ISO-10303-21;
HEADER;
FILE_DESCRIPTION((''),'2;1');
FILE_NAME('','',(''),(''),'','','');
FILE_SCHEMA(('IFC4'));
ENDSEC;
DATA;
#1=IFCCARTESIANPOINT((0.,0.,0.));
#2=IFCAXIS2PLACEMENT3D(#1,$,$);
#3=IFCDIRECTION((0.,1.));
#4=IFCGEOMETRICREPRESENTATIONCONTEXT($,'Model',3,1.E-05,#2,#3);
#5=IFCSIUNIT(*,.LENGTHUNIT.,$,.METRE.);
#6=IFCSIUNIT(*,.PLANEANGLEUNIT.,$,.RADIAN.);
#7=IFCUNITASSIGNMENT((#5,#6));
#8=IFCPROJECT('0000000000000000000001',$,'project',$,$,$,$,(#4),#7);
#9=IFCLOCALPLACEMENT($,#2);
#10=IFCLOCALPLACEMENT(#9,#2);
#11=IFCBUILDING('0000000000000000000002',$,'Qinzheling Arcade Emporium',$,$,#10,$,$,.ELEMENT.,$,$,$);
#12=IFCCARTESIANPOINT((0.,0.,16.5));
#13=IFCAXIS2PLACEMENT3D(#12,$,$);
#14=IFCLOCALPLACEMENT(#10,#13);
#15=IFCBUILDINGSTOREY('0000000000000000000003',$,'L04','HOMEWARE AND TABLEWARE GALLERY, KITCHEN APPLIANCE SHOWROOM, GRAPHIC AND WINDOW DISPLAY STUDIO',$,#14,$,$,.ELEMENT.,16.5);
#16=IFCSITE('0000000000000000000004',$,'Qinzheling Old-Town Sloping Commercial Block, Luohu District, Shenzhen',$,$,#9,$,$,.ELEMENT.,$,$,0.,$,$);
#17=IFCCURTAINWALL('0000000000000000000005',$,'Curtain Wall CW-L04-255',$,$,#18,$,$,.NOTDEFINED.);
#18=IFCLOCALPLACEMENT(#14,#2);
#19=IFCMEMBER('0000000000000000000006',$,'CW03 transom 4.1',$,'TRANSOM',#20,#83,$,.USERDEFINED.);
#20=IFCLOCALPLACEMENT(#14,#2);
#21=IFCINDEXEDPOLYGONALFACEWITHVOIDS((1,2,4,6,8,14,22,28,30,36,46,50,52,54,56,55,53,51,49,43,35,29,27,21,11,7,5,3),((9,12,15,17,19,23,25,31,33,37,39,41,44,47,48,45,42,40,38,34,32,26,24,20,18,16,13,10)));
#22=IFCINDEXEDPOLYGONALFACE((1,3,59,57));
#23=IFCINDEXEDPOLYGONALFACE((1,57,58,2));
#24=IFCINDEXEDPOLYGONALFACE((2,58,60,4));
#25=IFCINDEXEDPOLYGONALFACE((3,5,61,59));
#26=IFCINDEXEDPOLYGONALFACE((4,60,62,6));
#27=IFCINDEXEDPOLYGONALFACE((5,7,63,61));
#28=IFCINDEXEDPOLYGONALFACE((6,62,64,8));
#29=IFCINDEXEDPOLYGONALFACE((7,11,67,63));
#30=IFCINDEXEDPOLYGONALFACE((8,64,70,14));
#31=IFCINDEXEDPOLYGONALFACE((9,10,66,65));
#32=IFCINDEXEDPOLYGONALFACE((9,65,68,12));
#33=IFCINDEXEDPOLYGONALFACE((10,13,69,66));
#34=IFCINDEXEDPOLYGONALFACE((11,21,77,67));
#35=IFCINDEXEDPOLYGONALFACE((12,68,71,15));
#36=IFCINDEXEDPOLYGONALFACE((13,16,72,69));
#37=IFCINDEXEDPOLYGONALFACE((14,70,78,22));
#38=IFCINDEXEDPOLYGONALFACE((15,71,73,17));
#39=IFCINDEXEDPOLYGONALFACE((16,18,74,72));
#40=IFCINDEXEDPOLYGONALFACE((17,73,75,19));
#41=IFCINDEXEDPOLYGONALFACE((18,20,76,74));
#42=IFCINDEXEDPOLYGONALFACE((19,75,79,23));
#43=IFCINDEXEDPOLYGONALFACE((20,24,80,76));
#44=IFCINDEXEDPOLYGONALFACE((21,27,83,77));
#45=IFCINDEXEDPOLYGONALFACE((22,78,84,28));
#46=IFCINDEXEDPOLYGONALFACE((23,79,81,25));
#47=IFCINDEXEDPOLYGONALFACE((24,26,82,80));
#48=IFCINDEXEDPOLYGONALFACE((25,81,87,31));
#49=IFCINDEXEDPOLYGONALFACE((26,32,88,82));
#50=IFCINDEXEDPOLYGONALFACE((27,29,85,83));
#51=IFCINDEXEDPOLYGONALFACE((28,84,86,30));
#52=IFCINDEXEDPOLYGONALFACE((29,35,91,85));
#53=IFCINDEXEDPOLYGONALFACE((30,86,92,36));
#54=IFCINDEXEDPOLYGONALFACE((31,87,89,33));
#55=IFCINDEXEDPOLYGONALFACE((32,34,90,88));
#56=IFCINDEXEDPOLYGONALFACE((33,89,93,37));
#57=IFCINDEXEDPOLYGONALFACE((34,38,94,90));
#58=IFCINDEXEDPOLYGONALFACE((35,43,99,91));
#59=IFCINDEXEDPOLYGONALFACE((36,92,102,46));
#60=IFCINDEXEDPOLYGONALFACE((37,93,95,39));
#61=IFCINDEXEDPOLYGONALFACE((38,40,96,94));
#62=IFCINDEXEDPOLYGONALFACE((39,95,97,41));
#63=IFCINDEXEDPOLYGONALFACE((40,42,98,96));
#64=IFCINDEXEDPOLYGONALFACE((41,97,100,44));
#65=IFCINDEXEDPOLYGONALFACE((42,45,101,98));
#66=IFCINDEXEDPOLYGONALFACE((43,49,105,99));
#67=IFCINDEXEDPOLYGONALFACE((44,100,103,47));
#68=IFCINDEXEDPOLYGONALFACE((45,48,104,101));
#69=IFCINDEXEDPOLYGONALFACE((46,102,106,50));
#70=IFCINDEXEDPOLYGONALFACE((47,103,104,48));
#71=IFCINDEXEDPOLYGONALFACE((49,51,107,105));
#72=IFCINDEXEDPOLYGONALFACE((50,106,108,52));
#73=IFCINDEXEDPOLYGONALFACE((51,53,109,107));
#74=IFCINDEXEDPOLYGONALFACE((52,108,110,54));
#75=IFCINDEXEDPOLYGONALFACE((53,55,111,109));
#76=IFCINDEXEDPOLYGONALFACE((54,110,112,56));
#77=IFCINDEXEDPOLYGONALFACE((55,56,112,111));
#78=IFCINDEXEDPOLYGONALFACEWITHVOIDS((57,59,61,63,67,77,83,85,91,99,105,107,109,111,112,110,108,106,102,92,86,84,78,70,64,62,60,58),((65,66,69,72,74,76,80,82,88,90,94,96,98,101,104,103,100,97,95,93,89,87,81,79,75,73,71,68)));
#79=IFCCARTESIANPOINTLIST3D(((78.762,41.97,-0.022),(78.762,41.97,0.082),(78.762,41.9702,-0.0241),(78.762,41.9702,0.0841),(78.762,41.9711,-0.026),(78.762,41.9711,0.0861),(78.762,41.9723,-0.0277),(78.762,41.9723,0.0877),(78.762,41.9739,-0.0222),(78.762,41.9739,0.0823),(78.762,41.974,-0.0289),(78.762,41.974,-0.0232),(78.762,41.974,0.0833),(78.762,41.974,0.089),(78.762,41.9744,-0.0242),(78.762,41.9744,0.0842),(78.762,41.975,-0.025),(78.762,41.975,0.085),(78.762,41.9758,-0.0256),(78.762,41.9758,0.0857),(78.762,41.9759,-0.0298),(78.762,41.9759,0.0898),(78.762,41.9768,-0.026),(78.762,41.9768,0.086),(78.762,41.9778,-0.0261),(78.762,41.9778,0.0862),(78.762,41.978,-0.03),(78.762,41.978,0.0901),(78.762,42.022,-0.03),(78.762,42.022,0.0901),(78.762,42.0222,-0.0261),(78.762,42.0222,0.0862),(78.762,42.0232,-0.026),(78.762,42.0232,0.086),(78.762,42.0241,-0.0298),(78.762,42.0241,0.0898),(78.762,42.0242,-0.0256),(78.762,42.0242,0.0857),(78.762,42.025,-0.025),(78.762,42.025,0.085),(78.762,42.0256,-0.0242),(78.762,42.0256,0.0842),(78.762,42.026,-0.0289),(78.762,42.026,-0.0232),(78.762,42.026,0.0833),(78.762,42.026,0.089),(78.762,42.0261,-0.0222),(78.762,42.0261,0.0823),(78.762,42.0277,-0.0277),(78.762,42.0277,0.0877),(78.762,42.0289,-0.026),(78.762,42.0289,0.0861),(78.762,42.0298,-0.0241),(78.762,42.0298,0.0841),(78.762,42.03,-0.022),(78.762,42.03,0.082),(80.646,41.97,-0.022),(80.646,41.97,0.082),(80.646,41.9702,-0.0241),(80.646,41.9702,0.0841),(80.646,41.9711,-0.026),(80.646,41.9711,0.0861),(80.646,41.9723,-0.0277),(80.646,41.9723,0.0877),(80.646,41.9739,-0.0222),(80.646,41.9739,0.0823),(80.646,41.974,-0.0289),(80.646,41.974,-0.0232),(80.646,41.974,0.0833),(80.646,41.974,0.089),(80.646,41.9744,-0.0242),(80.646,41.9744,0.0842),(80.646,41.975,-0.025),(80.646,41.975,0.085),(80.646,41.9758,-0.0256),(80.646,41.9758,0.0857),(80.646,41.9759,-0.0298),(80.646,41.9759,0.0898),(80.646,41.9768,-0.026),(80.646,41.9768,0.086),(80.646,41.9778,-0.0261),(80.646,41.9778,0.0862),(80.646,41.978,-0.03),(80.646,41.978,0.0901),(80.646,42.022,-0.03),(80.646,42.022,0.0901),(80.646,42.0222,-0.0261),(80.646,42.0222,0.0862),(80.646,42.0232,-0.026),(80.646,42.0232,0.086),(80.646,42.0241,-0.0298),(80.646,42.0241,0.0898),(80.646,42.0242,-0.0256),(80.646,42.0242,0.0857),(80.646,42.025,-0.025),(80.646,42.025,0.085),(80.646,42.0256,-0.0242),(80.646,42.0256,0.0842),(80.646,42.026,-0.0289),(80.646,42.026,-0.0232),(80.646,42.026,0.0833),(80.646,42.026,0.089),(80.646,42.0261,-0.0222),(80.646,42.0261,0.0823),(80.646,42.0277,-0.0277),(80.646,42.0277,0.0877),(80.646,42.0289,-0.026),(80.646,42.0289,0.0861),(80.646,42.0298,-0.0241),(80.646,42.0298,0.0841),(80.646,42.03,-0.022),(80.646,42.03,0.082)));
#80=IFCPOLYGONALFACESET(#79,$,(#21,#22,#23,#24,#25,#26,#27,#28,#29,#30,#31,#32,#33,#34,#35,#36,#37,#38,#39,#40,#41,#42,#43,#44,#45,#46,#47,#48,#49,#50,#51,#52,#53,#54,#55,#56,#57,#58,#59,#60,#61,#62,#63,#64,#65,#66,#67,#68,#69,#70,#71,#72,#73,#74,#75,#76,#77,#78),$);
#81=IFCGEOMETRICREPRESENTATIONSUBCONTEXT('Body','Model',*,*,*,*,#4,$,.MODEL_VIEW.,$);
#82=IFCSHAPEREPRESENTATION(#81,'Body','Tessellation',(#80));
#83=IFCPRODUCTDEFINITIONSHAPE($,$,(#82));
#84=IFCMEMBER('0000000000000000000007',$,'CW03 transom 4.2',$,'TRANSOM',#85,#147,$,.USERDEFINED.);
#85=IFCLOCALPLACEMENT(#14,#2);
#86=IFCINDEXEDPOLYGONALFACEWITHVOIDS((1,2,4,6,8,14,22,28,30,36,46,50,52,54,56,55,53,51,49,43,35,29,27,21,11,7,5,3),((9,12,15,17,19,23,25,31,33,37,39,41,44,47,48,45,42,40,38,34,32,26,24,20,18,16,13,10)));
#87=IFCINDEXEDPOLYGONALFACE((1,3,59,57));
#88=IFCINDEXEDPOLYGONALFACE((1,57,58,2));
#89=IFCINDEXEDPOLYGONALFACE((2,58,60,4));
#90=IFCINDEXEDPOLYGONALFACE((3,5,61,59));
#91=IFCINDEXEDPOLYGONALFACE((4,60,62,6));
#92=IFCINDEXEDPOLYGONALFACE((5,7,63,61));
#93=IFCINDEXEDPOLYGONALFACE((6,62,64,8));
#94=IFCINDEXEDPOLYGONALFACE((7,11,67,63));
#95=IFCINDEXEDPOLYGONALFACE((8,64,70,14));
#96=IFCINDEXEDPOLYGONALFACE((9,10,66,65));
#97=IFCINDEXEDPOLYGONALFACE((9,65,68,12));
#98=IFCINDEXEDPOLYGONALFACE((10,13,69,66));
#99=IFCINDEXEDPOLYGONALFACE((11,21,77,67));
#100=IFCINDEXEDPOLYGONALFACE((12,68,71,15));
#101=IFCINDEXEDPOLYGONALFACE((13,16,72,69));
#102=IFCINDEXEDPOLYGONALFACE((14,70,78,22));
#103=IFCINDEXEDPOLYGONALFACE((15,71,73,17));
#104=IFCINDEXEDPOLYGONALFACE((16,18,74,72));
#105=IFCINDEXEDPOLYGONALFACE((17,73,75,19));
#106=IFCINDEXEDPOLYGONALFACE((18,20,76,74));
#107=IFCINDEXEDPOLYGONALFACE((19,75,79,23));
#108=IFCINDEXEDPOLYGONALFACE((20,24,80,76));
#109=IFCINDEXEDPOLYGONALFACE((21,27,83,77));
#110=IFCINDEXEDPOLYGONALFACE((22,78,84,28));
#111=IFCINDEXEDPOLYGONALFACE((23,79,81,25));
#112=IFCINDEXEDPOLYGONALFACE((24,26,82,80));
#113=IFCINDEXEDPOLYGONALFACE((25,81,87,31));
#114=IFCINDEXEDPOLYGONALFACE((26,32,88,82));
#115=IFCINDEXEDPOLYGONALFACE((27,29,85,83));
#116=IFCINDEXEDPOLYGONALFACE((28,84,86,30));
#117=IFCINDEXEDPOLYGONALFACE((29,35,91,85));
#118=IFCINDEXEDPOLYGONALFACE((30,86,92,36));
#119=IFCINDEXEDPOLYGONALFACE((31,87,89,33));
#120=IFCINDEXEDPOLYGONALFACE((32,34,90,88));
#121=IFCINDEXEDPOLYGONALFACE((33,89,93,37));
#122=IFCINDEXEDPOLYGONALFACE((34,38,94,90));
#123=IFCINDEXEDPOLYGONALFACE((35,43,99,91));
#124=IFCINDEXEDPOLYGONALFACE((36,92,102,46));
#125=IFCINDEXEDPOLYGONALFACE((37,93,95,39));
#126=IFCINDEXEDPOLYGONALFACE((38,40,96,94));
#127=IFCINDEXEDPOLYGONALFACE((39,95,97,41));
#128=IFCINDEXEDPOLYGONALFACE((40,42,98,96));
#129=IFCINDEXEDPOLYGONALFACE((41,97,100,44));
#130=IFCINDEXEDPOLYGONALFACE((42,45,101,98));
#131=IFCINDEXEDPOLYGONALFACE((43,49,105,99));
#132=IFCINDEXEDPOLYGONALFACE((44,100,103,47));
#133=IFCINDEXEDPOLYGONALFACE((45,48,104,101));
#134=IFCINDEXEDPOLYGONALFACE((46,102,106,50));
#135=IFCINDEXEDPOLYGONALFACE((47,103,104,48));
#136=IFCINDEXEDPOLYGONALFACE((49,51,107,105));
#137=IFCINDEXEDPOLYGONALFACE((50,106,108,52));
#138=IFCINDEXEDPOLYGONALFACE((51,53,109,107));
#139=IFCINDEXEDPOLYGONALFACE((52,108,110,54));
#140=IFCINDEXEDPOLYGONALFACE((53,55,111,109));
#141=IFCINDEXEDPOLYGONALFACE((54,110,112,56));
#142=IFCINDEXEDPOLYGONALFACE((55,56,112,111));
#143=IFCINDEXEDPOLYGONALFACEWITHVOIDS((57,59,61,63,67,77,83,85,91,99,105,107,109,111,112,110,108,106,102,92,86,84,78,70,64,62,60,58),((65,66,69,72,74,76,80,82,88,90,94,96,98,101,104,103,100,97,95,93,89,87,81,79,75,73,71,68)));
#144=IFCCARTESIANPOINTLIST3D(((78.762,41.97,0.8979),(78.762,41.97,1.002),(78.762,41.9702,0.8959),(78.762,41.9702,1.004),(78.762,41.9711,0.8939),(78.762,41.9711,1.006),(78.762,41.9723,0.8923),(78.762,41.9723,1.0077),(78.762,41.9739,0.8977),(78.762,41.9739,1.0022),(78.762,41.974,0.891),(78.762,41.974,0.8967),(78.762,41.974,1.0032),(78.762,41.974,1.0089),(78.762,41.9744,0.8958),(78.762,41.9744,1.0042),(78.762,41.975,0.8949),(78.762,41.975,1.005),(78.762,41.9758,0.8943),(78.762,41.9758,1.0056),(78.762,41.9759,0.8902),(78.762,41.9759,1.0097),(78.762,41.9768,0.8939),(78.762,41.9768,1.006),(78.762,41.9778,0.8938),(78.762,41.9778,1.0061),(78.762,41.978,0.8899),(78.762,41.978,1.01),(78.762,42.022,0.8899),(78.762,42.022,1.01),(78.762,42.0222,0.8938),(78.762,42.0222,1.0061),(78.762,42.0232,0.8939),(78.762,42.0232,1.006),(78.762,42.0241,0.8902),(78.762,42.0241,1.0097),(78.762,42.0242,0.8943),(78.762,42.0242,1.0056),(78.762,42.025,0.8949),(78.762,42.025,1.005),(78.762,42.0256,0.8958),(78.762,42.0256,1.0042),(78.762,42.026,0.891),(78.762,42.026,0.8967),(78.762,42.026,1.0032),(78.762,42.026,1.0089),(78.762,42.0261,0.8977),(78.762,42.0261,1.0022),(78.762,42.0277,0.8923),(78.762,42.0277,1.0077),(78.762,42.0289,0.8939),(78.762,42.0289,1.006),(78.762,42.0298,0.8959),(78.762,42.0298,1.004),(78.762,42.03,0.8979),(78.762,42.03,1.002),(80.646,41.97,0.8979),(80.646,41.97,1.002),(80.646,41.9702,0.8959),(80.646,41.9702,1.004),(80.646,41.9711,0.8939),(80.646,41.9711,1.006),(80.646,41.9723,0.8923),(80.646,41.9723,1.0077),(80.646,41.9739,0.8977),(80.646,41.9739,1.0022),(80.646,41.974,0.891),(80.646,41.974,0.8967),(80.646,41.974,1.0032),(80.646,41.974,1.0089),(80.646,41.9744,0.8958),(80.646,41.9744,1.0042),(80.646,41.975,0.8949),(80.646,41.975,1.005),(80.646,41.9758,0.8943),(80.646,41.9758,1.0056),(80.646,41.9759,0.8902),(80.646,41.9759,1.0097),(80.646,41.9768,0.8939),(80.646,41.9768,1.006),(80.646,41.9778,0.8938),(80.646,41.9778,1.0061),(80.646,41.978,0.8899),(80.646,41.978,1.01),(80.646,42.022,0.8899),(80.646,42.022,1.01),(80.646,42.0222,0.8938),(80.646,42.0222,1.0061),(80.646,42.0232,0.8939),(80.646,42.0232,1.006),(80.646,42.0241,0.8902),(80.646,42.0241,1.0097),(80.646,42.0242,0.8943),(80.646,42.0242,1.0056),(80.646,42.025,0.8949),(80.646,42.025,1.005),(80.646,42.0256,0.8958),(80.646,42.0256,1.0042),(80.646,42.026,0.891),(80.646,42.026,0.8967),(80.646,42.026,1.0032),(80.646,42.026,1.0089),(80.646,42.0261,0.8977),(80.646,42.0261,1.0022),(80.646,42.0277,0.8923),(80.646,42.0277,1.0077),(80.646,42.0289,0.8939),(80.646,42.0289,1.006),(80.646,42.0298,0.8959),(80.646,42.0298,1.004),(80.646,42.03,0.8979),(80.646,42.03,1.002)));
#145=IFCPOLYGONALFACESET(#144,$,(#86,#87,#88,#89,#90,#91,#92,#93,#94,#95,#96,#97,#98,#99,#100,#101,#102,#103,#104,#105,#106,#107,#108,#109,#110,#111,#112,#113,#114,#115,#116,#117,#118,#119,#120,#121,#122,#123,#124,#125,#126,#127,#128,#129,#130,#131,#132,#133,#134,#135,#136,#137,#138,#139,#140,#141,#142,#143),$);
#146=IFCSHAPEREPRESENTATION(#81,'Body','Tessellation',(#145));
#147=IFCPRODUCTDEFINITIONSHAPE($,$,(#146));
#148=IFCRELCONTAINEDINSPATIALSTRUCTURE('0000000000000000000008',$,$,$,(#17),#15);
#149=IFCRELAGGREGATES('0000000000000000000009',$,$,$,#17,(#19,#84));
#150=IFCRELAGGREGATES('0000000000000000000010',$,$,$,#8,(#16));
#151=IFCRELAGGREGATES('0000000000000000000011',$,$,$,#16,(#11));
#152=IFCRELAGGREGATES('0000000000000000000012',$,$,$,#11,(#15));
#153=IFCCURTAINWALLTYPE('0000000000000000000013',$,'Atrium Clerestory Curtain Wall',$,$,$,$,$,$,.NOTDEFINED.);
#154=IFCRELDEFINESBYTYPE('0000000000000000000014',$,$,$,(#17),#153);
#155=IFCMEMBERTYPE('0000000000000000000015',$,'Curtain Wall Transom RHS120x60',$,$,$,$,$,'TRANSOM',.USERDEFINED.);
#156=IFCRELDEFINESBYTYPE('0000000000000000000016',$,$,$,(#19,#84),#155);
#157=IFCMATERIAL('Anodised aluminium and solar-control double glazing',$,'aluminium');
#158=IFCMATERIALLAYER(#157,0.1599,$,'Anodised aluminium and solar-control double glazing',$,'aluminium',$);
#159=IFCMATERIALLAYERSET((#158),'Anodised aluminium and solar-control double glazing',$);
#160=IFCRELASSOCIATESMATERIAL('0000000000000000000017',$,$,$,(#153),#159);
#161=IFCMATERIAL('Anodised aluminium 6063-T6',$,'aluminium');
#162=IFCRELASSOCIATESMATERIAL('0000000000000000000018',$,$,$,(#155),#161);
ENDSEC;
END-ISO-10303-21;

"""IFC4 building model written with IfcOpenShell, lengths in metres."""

from ifc_helpers import new_model, si_unit, direction, frame, origin, origin_2d, place, context, subcontext, project, spatial, hollow_rectangle, extrude, material, layer, layer_set, material_profile, profile_set, type_object, element, aggregate, save


model = new_model("IFC4")

# Units and contexts
model_context = context("Model", 3, precision=1e-05, world=origin(), true_north=direction((0.0, 1.0)))
body_context = subcontext(model_context, "Body", "Model", "MODEL_VIEW")
ifc_project = project(units=[si_unit("LENGTHUNIT", "METRE"), si_unit("PLANEANGLEUNIT", "RADIAN")], contexts=[model_context])

# Site, building, storey
site_placement = place(None, origin())
site = spatial("IfcSite", under=ifc_project, at=site_placement, Name="Qinzheling Old-Town Sloping Commercial Block, Luohu District, Shenzhen", CompositionType="ELEMENT", RefElevation=0.0)
building_placement = place(site_placement, origin())
building = spatial("IfcBuilding", under=site, at=building_placement, Name="Qinzheling Arcade Emporium", CompositionType="ELEMENT")
storey_placement = place(building_placement, frame((0.0, 0.0, 16.5)))
storey = spatial("IfcBuildingStorey", under=building, at=storey_placement, Name="L04", Description="HOMEWARE AND TABLEWARE GALLERY, KITCHEN APPLIANCE SHOWROOM, GRAPHIC AND WINDOW DISPLAY STUDIO", CompositionType="ELEMENT", Elevation=16.5)

# Curtain wall
ifc_material_1 = material(Name="Anodised aluminium and solar-control double glazing", Category="aluminium")
ifc_layer_1 = layer(ifc_material_1, 0.1599, Name="Anodised aluminium and solar-control double glazing", Category="aluminium")
ifc_layer_set_1 = layer_set([ifc_layer_1], Name="Anodised aluminium and solar-control double glazing")
curtain_wall_type = type_object("IfcCurtainWallType", Name="Atrium Clerestory Curtain Wall", PredefinedType="NOTDEFINED", material=ifc_layer_set_1)
curtain_wall_1_placement = place(storey_placement, origin())
curtain_wall_1 = element("IfcCurtainWall", 1, at=curtain_wall_1_placement, inside=storey, type_object=curtain_wall_type, Name="Curtain Wall CW-L04-255", PredefinedType="NOTDEFINED")
ifc_material_2 = material(Name="Anodised aluminium 6063-T6", Category="aluminium")

# Members
ifc_material_profile_1 = material_profile(ifc_material_2, hollow_rectangle(XDim=0.0601, YDim=0.1201, WallThickness=0.0039, InnerFilletRadius=0.0039, OuterFilletRadius=0.0081, at=origin_2d()), Name="RHS 120x60x4", Category="aluminium")
ifc_profile_set_1 = profile_set([ifc_material_profile_1], Name="Anodised aluminium 6063-T6")
member_type_1 = type_object("IfcMemberType", Name="Curtain Wall Transom RHS120x60", ElementType="TRANSOM", PredefinedType="USERDEFINED", material=ifc_profile_set_1)
member_1_placement = place(storey_placement, frame((80.646, 42.0, 0.03), z_axis=(-1.0, 0.0, 0.0), x_axis=(0.0, -1.0, 0.0)))
member_1 = element("IfcMember", 2, at=member_1_placement, type_object=member_type_1, Name="CW03 transom 4.1", ObjectType="TRANSOM", PredefinedType="USERDEFINED", context=body_context, shape_type="SweptSolid", body=[
    extrude(hollow_rectangle(XDim=0.0601, YDim=0.1201, WallThickness=0.0039, InnerFilletRadius=0.0039, OuterFilletRadius=0.0081, at=origin_2d()), origin(), (0.0, 0.0, 1.0), 1.884),
])
member_2_placement = place(storey_placement, frame((80.646, 42.0, 0.95), z_axis=(-1.0, 0.0, 0.0), x_axis=(0.0, -1.0, 0.0)))
member_2 = element("IfcMember", 3, at=member_2_placement, type_object=member_type_1, Name="CW03 transom 4.2", ObjectType="TRANSOM", PredefinedType="USERDEFINED", context=body_context, shape_type="SweptSolid", body=[
    extrude(hollow_rectangle(XDim=0.0601, YDim=0.1201, WallThickness=0.0039, InnerFilletRadius=0.0039, OuterFilletRadius=0.0081, at=origin_2d()), origin(), (0.0, 0.0, 1.0), 1.884),
])

aggregate(curtain_wall_1, [member_1, member_2])

save(model, "model.ifc")
